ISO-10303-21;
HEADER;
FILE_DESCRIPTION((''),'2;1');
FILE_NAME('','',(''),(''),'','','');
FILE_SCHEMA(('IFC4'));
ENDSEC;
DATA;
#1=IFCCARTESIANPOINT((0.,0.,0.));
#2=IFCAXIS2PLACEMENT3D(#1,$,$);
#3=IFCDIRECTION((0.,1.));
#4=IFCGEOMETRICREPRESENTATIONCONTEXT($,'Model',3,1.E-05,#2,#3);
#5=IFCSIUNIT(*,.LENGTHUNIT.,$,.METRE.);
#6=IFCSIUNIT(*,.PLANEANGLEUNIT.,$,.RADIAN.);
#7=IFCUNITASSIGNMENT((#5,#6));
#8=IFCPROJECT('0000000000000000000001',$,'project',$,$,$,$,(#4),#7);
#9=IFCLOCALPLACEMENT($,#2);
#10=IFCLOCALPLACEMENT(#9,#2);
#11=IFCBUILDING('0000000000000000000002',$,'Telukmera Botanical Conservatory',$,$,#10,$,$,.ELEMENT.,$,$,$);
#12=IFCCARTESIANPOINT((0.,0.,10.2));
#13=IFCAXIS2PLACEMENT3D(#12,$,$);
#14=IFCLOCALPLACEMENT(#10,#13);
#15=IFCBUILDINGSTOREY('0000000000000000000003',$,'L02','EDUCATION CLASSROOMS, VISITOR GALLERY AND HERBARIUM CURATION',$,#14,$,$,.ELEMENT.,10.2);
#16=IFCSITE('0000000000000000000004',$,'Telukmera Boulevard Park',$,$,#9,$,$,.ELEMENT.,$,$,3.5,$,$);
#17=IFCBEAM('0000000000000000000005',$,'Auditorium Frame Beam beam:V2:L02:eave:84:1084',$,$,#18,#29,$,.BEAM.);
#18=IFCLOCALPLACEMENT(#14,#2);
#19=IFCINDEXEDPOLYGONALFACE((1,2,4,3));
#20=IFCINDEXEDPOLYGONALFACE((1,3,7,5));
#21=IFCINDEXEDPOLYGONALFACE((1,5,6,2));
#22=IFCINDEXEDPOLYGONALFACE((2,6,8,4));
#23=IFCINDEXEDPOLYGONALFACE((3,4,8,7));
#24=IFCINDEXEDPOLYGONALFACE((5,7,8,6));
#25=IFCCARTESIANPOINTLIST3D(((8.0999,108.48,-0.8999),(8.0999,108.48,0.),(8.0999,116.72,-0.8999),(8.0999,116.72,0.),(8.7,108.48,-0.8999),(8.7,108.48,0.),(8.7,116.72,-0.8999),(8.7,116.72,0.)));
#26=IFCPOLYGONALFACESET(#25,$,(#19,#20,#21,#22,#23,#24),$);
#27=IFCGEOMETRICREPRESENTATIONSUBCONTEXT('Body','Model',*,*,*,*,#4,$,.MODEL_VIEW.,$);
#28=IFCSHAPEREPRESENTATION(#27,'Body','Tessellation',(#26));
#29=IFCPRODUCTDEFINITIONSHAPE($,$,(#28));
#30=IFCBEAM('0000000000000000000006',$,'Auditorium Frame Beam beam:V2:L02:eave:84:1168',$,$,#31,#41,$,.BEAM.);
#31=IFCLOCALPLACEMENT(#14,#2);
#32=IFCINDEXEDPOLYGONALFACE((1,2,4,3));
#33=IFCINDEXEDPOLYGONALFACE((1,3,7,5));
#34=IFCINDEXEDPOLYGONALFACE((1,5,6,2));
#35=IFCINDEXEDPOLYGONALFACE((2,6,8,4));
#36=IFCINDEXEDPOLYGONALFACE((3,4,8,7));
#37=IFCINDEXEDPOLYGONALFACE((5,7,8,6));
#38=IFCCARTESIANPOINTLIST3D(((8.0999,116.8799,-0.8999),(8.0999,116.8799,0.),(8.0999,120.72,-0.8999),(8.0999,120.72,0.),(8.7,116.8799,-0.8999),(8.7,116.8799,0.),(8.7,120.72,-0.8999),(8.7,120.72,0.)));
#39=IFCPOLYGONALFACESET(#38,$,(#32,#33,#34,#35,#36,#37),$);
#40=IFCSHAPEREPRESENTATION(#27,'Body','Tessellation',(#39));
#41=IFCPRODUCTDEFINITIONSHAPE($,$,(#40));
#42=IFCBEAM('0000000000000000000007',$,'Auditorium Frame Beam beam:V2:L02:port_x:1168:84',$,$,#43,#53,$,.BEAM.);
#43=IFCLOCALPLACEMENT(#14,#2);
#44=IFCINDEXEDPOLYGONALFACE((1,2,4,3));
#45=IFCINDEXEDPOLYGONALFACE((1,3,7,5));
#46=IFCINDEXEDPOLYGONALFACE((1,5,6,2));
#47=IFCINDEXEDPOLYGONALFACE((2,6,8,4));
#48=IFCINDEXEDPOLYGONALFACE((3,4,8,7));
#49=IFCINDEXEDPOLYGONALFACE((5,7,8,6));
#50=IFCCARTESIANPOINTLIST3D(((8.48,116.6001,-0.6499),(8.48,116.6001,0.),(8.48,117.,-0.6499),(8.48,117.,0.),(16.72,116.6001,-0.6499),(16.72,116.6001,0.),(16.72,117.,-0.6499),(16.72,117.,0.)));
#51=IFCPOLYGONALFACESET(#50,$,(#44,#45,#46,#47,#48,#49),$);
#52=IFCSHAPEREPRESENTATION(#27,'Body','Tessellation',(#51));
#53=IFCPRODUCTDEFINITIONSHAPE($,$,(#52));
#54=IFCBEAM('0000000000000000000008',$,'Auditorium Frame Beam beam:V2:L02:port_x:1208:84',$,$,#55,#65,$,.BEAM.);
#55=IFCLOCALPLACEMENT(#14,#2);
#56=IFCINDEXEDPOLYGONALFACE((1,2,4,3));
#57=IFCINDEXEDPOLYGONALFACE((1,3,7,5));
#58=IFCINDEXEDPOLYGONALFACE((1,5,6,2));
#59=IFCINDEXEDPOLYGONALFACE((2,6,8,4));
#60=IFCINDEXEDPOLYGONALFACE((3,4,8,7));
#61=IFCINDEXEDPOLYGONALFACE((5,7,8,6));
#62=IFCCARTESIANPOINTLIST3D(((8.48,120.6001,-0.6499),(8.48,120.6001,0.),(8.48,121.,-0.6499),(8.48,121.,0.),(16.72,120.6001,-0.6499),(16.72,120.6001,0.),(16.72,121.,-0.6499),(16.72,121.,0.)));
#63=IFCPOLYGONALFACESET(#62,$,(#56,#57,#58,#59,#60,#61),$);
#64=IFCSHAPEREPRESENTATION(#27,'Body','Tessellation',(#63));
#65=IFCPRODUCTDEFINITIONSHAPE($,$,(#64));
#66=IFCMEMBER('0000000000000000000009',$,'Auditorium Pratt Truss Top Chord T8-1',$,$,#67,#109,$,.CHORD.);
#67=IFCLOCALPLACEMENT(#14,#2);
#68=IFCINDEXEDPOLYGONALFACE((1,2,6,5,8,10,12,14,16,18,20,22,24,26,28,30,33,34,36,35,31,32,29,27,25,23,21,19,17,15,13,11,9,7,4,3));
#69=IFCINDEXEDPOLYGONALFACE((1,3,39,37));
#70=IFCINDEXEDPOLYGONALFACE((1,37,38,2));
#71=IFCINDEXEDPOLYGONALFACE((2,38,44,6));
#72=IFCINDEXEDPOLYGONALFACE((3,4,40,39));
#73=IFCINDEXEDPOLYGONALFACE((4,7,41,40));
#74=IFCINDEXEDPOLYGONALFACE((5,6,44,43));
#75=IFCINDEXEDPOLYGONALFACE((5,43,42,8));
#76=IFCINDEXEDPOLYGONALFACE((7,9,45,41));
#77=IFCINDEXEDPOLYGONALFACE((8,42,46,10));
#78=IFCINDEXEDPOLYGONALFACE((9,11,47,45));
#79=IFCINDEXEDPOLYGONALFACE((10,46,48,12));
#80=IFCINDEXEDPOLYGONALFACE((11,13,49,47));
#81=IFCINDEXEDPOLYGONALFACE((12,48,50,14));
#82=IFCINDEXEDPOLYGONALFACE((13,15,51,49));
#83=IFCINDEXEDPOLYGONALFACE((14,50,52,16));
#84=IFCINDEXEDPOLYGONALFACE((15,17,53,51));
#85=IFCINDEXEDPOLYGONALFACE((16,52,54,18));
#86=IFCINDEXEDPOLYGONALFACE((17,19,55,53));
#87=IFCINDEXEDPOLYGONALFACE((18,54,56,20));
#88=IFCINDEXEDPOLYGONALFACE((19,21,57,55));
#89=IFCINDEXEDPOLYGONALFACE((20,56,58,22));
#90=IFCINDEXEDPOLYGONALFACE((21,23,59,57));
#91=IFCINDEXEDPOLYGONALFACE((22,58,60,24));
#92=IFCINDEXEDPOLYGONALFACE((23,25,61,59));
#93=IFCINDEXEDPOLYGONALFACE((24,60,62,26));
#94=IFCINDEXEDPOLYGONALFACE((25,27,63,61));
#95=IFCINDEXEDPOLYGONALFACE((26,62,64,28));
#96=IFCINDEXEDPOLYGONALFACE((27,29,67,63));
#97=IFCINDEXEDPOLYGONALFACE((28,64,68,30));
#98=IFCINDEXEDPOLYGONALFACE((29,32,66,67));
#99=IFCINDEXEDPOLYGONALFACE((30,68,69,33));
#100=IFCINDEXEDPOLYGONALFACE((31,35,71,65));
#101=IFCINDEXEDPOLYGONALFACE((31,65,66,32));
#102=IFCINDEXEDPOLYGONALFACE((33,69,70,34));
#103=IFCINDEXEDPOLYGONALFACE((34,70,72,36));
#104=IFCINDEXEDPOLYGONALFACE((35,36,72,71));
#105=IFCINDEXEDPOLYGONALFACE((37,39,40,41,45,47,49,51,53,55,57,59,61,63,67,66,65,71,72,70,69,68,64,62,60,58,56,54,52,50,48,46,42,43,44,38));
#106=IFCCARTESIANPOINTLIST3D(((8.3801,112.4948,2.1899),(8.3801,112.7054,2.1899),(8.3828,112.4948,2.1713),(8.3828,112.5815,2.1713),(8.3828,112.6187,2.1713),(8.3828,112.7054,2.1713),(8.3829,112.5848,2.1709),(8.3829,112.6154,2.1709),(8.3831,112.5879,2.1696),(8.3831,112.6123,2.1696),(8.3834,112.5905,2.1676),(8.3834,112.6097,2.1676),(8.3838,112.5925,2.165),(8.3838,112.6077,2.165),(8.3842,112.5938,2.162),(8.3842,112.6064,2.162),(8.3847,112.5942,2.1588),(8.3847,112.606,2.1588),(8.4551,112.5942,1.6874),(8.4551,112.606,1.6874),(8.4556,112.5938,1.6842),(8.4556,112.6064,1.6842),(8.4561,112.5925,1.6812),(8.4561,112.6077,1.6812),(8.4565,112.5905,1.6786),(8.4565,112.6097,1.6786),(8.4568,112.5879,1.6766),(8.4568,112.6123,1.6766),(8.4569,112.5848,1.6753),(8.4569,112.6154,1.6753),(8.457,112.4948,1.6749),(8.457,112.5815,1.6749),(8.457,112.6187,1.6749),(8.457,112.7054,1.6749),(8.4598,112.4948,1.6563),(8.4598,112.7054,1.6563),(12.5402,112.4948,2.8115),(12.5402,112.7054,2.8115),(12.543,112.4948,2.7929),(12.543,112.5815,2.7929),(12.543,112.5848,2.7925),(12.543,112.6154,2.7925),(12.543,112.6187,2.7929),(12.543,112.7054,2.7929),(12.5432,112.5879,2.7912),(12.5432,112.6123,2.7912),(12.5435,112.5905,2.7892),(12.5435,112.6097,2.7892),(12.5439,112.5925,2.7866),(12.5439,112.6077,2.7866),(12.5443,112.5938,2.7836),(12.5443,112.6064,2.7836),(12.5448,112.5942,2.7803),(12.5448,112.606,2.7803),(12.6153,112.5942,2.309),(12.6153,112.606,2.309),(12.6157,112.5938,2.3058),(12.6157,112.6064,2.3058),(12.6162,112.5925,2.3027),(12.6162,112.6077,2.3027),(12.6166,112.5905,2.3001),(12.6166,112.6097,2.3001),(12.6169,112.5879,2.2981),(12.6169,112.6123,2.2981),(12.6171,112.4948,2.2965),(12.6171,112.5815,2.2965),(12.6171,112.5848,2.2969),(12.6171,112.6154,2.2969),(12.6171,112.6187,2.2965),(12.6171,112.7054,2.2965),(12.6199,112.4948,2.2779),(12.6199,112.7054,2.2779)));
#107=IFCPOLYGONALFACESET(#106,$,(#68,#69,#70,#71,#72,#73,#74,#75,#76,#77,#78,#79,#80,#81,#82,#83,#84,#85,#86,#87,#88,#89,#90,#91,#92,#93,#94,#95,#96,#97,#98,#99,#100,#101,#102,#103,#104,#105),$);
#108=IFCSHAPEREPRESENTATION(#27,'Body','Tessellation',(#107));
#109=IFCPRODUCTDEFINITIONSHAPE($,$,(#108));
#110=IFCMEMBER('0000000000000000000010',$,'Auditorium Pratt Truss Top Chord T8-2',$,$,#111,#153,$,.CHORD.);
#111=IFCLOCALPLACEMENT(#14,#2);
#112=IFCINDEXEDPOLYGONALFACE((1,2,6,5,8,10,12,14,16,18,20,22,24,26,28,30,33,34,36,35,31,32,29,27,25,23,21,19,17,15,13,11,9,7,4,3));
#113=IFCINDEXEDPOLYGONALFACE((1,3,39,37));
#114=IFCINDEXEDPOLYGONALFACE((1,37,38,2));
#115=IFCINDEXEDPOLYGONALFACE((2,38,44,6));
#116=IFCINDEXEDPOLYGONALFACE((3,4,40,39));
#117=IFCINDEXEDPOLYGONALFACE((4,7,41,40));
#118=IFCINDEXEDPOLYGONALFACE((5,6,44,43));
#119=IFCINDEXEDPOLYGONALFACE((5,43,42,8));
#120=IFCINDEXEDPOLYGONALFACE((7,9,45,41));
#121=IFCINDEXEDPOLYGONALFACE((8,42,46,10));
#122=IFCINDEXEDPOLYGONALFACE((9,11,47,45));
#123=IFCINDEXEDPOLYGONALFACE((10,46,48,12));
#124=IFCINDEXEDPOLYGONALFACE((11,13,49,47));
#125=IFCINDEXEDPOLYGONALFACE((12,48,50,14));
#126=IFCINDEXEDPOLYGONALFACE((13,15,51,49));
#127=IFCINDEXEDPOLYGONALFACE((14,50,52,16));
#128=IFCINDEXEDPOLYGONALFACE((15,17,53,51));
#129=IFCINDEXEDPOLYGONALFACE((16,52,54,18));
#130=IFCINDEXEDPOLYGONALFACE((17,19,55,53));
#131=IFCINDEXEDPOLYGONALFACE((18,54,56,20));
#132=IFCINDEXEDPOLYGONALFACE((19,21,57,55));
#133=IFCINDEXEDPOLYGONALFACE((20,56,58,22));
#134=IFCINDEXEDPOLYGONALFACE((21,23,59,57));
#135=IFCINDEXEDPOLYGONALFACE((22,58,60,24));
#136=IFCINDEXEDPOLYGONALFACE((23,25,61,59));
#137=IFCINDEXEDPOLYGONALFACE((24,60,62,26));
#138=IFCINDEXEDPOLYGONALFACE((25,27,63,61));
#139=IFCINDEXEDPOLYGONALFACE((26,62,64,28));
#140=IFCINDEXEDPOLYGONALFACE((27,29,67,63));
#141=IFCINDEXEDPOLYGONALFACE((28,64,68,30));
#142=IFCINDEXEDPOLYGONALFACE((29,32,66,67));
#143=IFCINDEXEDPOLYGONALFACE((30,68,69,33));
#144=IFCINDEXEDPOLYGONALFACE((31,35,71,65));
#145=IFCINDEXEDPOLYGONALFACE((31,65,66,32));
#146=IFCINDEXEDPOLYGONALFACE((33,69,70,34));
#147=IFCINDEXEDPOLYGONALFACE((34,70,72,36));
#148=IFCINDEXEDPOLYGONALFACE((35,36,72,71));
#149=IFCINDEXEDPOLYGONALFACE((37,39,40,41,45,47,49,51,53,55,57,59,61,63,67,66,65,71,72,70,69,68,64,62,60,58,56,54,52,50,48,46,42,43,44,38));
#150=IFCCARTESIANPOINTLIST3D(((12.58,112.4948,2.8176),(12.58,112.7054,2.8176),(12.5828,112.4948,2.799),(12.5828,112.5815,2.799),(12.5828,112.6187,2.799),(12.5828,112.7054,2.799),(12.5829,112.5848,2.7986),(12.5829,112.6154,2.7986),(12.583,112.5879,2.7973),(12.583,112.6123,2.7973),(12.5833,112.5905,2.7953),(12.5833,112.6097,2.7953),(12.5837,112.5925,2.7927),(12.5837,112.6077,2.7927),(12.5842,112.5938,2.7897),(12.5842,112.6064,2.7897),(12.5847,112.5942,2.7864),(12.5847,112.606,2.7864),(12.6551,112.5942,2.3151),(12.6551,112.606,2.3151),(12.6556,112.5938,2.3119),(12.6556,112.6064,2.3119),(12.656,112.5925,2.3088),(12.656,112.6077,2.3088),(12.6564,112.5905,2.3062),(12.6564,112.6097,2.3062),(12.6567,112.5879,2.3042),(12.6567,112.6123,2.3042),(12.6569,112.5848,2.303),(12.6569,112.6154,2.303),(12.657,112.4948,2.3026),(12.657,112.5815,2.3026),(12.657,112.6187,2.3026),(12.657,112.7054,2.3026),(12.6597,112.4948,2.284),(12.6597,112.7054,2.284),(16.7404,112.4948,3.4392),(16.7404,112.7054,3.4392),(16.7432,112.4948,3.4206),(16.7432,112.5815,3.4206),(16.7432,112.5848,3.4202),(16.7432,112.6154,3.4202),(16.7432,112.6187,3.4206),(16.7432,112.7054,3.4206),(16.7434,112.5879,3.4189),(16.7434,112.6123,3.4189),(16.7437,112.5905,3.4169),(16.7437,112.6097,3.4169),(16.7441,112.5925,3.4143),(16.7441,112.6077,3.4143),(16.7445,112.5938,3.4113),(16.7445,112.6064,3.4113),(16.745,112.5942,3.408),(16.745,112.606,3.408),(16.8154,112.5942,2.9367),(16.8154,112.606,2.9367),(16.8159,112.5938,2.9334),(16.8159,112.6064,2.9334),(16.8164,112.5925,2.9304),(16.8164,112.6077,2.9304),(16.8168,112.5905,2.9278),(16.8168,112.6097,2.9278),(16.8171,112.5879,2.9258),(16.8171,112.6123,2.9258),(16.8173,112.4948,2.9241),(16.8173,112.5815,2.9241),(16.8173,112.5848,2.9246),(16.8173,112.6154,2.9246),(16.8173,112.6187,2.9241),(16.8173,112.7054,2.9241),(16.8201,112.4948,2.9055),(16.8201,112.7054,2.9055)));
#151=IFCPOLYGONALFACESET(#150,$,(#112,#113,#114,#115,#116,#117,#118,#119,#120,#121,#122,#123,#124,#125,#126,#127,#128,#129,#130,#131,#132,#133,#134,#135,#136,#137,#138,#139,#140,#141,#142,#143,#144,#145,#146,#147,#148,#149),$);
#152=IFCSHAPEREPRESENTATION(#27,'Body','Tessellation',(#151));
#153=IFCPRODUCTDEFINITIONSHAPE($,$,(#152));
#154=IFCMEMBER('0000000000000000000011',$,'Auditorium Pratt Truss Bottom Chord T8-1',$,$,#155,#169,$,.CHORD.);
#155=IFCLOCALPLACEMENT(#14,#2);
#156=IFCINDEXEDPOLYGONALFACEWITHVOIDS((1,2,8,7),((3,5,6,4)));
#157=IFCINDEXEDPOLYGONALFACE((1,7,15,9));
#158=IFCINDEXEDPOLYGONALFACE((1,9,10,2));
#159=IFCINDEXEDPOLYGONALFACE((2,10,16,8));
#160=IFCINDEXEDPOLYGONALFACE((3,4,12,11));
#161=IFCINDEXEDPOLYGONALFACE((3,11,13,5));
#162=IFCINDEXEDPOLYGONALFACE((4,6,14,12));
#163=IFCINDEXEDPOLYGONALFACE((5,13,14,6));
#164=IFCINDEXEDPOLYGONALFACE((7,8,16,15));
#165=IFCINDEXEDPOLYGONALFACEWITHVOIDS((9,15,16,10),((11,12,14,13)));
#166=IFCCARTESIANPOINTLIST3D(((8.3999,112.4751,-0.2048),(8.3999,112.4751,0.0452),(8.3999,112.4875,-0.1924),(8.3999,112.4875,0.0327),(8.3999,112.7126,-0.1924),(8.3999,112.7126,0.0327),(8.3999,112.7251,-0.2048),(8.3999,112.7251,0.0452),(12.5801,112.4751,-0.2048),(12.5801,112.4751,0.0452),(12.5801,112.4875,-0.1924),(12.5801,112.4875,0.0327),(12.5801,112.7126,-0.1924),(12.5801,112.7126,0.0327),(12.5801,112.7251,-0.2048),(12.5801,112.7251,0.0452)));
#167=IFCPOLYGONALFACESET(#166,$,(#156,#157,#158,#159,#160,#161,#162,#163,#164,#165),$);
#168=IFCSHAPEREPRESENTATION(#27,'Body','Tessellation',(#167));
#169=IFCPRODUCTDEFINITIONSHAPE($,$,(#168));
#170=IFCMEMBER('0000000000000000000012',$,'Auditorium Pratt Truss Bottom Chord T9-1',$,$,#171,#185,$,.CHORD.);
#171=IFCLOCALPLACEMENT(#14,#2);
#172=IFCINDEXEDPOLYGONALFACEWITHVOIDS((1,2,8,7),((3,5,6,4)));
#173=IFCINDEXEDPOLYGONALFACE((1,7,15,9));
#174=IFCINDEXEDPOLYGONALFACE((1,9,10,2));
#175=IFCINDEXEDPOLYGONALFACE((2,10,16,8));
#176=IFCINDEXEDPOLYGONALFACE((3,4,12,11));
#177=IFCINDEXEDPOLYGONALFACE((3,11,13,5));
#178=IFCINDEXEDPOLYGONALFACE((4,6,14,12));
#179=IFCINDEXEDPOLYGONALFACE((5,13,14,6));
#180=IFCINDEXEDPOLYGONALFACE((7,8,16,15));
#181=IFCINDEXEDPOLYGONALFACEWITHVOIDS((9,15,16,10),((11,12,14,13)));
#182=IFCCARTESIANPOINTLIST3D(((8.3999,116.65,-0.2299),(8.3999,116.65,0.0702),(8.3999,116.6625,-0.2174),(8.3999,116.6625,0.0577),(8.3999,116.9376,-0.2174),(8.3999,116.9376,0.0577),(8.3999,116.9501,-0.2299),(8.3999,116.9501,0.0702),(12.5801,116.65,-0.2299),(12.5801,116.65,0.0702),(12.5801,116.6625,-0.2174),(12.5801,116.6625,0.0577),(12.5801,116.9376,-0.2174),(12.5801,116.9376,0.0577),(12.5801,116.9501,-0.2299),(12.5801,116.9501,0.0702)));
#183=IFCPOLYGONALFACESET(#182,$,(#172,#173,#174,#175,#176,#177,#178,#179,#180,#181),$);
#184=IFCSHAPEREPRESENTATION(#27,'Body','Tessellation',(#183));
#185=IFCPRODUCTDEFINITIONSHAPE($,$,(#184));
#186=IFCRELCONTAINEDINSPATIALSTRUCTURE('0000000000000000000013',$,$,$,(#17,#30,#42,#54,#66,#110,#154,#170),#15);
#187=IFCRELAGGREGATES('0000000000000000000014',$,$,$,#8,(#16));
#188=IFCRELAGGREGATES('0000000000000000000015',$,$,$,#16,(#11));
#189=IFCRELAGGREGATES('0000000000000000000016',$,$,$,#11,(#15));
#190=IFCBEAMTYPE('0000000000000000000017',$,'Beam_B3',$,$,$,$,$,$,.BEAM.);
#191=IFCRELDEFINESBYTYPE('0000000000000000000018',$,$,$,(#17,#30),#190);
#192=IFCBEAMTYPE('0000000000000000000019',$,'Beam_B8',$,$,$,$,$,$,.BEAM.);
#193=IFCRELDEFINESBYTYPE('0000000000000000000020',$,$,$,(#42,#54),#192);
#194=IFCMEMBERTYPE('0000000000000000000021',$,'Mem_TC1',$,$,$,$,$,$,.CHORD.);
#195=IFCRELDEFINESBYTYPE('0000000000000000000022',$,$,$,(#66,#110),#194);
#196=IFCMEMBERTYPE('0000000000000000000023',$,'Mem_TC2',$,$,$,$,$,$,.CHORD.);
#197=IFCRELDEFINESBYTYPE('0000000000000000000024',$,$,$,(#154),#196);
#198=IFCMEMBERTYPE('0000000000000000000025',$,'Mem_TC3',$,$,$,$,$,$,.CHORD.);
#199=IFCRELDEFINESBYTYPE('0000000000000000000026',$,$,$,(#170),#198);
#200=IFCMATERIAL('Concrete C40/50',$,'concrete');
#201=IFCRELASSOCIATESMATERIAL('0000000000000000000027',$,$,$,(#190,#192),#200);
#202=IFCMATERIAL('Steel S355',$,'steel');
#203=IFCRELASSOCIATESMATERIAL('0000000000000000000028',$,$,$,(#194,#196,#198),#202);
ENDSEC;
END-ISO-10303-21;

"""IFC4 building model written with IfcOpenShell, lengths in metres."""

from ifc_helpers import new_model, si_unit, direction, frame, origin, origin_2d, place, context, subcontext, project, spatial, rectangle, hollow_rectangle, i_section, extrude, material, material_profile, profile_set, type_object, element, save


model = new_model("IFC4")

# Units and contexts
model_context = context("Model", 3, precision=1e-05, world=origin(), true_north=direction((0.0, 1.0)))
body_context = subcontext(model_context, "Body", "Model", "MODEL_VIEW")
ifc_project = project(units=[si_unit("LENGTHUNIT", "METRE"), si_unit("PLANEANGLEUNIT", "RADIAN")], contexts=[model_context])

# Site, building, storey
site_placement = place(None, origin())
site = spatial("IfcSite", under=ifc_project, at=site_placement, Name="Telukmera Boulevard Park", CompositionType="ELEMENT", RefElevation=3.5)
building_placement = place(site_placement, origin())
building = spatial("IfcBuilding", under=site, at=building_placement, Name="Telukmera Botanical Conservatory", CompositionType="ELEMENT")
storey_placement = place(building_placement, frame((0.0, 0.0, 10.2)))
storey = spatial("IfcBuildingStorey", under=building, at=storey_placement, Name="L02", Description="EDUCATION CLASSROOMS, VISITOR GALLERY AND HERBARIUM CURATION", CompositionType="ELEMENT", Elevation=10.2)

# Beams
ifc_material_1 = material(Name="Concrete C40/50", Category="concrete")
ifc_material_profile_1 = material_profile(ifc_material_1, rectangle(XDim=0.6001, YDim=0.8999, at=origin_2d()), Name="RC 600x900")
ifc_profile_set_1 = profile_set([ifc_material_profile_1], Name="Concrete C40/50")
beam_type_1 = type_object("IfcBeamType", Name="Beam_B3", PredefinedType="BEAM", material=ifc_profile_set_1)
beam_1_placement = place(storey_placement, frame((8.3999, 108.48, -0.45), z_axis=(0.0, 1.0, 0.0), x_axis=(-1.0, 0.0, 0.0)))
element("IfcBeam", 1, at=beam_1_placement, inside=storey, type_object=beam_type_1, Name="Auditorium Frame Beam beam:V2:L02:eave:84:1084", PredefinedType="BEAM", context=body_context, shape_type="SweptSolid", body=[
    extrude(rectangle(XDim=0.6001, YDim=0.8999, at=origin_2d()), origin(), (0.0, 0.0, 1.0), 8.24),
])
beam_2_placement = place(storey_placement, frame((8.3999, 116.8799, -0.45), z_axis=(0.0, 1.0, 0.0), x_axis=(-1.0, 0.0, 0.0)))
element("IfcBeam", 2, at=beam_2_placement, inside=storey, type_object=beam_type_1, Name="Auditorium Frame Beam beam:V2:L02:eave:84:1168", PredefinedType="BEAM", context=body_context, shape_type="SweptSolid", body=[
    extrude(rectangle(XDim=0.6001, YDim=0.8999, at=origin_2d()), origin(), (0.0, 0.0, 1.0), 3.8401),
])
ifc_material_profile_2 = material_profile(ifc_material_1, rectangle(XDim=0.3999, YDim=0.6499, at=origin_2d()), Name="RC 400x650")
ifc_profile_set_2 = profile_set([ifc_material_profile_2], Name="Concrete C40/50")
beam_type_2 = type_object("IfcBeamType", Name="Beam_B8", PredefinedType="BEAM", material=ifc_profile_set_2)
for number, where, z_axis, x_axis, name in (
    (3, (8.48, 116.8, -0.325), (1.0, 0.0, 0.0), (0.0, 1.0, 0.0), "Auditorium Frame Beam beam:V2:L02:port_x:1168:84"),
    (4, (8.48, 120.8, -0.325), (1.0, 0.0, 0.0), (0.0, 1.0, 0.0), "Auditorium Frame Beam beam:V2:L02:port_x:1208:84"),
):
    element("IfcBeam", number, at=place(storey_placement, frame(where, z_axis=z_axis, x_axis=x_axis)), inside=storey, type_object=beam_type_2, Name=name, PredefinedType="BEAM", context=body_context, shape_type="SweptSolid", body=[
        extrude(rectangle(XDim=0.3999, YDim=0.6499, at=origin_2d()), origin(), (0.0, 0.0, 1.0), 8.24),
    ])

# Members
ifc_material_2 = material(Name="Steel S355", Category="steel")
ifc_material_profile_3 = material_profile(ifc_material_2, i_section(OverallWidth=0.2107, OverallDepth=0.5396, WebThickness=0.0117, FlangeThickness=0.0188, FilletRadius=0.0127, at=origin_2d()), Name="UB 533x210x109")
ifc_profile_set_3 = profile_set([ifc_material_profile_3], Name="Steel S355")
member_type_1 = type_object("IfcMemberType", Name="Mem_TC1", PredefinedType="CHORD", material=ifc_profile_set_3)
member_1_placement = place(storey_placement, frame((8.4199, 112.6001, 1.9231), z_axis=(0.989021, 0.0, 0.147773), x_axis=(0.0, 1.0, 0.0)))
element("IfcMember", 5, at=member_1_placement, inside=storey, type_object=member_type_1, Name="Auditorium Pratt Truss Top Chord T8-1", PredefinedType="CHORD", context=body_context, shape_type="SweptSolid", body=[
    extrude(i_section(OverallWidth=0.2107, OverallDepth=0.5396, WebThickness=0.0117, FlangeThickness=0.0188, FilletRadius=0.0127, at=origin_2d()), origin(), (0.0, 0.0, 1.0), 4.2063),
])
member_2_placement = place(storey_placement, frame((12.6199, 112.6001, 2.5508), z_axis=(0.989023, 0.0, 0.147764), x_axis=(0.0, 1.0, 0.0)))
element("IfcMember", 6, at=member_2_placement, inside=storey, type_object=member_type_1, Name="Auditorium Pratt Truss Top Chord T8-2", PredefinedType="CHORD", context=body_context, shape_type="SweptSolid", body=[
    extrude(i_section(OverallWidth=0.2107, OverallDepth=0.5396, WebThickness=0.0117, FlangeThickness=0.0188, FilletRadius=0.0127, at=origin_2d()), origin(), (0.0, 0.0, 1.0), 4.2065),
])
ifc_material_profile_4 = material_profile(ifc_material_2, hollow_rectangle(XDim=0.25, YDim=0.25, WallThickness=0.0125, at=origin_2d()), Name="SHS 250x250x12.5")
ifc_profile_set_4 = profile_set([ifc_material_profile_4], Name="Steel S355")
member_type_2 = type_object("IfcMemberType", Name="Mem_TC2", PredefinedType="CHORD", material=ifc_profile_set_4)
member_3_placement = place(storey_placement, frame((8.3999, 112.6001, -0.0798), z_axis=(1.0, 0.0, 0.0), x_axis=(0.0, 1.0, 0.0)))
element("IfcMember", 7, at=member_3_placement, inside=storey, type_object=member_type_2, Name="Auditorium Pratt Truss Bottom Chord T8-1", PredefinedType="CHORD", context=body_context, shape_type="SweptSolid", body=[
    extrude(hollow_rectangle(XDim=0.25, YDim=0.25, WallThickness=0.0125, at=origin_2d()), origin(), (0.0, 0.0, 1.0), 4.1802),
])
ifc_material_profile_5 = material_profile(ifc_material_2, hollow_rectangle(XDim=0.3, YDim=0.3, WallThickness=0.0125, at=origin_2d()), Name="SHS 300x300x12.5")
ifc_profile_set_5 = profile_set([ifc_material_profile_5], Name="Steel S355")
member_type_3 = type_object("IfcMemberType", Name="Mem_TC3", PredefinedType="CHORD", material=ifc_profile_set_5)
member_4_placement = place(storey_placement, frame((8.3999, 116.8, -0.0798), z_axis=(1.0, 0.0, 0.0), x_axis=(0.0, 1.0, 0.0)))
element("IfcMember", 8, at=member_4_placement, inside=storey, type_object=member_type_3, Name="Auditorium Pratt Truss Bottom Chord T9-1", PredefinedType="CHORD", context=body_context, shape_type="SweptSolid", body=[
    extrude(hollow_rectangle(XDim=0.3, YDim=0.3, WallThickness=0.0125, at=origin_2d()), origin(), (0.0, 0.0, 1.0), 4.1802),
])

save(model, "model.ifc")
